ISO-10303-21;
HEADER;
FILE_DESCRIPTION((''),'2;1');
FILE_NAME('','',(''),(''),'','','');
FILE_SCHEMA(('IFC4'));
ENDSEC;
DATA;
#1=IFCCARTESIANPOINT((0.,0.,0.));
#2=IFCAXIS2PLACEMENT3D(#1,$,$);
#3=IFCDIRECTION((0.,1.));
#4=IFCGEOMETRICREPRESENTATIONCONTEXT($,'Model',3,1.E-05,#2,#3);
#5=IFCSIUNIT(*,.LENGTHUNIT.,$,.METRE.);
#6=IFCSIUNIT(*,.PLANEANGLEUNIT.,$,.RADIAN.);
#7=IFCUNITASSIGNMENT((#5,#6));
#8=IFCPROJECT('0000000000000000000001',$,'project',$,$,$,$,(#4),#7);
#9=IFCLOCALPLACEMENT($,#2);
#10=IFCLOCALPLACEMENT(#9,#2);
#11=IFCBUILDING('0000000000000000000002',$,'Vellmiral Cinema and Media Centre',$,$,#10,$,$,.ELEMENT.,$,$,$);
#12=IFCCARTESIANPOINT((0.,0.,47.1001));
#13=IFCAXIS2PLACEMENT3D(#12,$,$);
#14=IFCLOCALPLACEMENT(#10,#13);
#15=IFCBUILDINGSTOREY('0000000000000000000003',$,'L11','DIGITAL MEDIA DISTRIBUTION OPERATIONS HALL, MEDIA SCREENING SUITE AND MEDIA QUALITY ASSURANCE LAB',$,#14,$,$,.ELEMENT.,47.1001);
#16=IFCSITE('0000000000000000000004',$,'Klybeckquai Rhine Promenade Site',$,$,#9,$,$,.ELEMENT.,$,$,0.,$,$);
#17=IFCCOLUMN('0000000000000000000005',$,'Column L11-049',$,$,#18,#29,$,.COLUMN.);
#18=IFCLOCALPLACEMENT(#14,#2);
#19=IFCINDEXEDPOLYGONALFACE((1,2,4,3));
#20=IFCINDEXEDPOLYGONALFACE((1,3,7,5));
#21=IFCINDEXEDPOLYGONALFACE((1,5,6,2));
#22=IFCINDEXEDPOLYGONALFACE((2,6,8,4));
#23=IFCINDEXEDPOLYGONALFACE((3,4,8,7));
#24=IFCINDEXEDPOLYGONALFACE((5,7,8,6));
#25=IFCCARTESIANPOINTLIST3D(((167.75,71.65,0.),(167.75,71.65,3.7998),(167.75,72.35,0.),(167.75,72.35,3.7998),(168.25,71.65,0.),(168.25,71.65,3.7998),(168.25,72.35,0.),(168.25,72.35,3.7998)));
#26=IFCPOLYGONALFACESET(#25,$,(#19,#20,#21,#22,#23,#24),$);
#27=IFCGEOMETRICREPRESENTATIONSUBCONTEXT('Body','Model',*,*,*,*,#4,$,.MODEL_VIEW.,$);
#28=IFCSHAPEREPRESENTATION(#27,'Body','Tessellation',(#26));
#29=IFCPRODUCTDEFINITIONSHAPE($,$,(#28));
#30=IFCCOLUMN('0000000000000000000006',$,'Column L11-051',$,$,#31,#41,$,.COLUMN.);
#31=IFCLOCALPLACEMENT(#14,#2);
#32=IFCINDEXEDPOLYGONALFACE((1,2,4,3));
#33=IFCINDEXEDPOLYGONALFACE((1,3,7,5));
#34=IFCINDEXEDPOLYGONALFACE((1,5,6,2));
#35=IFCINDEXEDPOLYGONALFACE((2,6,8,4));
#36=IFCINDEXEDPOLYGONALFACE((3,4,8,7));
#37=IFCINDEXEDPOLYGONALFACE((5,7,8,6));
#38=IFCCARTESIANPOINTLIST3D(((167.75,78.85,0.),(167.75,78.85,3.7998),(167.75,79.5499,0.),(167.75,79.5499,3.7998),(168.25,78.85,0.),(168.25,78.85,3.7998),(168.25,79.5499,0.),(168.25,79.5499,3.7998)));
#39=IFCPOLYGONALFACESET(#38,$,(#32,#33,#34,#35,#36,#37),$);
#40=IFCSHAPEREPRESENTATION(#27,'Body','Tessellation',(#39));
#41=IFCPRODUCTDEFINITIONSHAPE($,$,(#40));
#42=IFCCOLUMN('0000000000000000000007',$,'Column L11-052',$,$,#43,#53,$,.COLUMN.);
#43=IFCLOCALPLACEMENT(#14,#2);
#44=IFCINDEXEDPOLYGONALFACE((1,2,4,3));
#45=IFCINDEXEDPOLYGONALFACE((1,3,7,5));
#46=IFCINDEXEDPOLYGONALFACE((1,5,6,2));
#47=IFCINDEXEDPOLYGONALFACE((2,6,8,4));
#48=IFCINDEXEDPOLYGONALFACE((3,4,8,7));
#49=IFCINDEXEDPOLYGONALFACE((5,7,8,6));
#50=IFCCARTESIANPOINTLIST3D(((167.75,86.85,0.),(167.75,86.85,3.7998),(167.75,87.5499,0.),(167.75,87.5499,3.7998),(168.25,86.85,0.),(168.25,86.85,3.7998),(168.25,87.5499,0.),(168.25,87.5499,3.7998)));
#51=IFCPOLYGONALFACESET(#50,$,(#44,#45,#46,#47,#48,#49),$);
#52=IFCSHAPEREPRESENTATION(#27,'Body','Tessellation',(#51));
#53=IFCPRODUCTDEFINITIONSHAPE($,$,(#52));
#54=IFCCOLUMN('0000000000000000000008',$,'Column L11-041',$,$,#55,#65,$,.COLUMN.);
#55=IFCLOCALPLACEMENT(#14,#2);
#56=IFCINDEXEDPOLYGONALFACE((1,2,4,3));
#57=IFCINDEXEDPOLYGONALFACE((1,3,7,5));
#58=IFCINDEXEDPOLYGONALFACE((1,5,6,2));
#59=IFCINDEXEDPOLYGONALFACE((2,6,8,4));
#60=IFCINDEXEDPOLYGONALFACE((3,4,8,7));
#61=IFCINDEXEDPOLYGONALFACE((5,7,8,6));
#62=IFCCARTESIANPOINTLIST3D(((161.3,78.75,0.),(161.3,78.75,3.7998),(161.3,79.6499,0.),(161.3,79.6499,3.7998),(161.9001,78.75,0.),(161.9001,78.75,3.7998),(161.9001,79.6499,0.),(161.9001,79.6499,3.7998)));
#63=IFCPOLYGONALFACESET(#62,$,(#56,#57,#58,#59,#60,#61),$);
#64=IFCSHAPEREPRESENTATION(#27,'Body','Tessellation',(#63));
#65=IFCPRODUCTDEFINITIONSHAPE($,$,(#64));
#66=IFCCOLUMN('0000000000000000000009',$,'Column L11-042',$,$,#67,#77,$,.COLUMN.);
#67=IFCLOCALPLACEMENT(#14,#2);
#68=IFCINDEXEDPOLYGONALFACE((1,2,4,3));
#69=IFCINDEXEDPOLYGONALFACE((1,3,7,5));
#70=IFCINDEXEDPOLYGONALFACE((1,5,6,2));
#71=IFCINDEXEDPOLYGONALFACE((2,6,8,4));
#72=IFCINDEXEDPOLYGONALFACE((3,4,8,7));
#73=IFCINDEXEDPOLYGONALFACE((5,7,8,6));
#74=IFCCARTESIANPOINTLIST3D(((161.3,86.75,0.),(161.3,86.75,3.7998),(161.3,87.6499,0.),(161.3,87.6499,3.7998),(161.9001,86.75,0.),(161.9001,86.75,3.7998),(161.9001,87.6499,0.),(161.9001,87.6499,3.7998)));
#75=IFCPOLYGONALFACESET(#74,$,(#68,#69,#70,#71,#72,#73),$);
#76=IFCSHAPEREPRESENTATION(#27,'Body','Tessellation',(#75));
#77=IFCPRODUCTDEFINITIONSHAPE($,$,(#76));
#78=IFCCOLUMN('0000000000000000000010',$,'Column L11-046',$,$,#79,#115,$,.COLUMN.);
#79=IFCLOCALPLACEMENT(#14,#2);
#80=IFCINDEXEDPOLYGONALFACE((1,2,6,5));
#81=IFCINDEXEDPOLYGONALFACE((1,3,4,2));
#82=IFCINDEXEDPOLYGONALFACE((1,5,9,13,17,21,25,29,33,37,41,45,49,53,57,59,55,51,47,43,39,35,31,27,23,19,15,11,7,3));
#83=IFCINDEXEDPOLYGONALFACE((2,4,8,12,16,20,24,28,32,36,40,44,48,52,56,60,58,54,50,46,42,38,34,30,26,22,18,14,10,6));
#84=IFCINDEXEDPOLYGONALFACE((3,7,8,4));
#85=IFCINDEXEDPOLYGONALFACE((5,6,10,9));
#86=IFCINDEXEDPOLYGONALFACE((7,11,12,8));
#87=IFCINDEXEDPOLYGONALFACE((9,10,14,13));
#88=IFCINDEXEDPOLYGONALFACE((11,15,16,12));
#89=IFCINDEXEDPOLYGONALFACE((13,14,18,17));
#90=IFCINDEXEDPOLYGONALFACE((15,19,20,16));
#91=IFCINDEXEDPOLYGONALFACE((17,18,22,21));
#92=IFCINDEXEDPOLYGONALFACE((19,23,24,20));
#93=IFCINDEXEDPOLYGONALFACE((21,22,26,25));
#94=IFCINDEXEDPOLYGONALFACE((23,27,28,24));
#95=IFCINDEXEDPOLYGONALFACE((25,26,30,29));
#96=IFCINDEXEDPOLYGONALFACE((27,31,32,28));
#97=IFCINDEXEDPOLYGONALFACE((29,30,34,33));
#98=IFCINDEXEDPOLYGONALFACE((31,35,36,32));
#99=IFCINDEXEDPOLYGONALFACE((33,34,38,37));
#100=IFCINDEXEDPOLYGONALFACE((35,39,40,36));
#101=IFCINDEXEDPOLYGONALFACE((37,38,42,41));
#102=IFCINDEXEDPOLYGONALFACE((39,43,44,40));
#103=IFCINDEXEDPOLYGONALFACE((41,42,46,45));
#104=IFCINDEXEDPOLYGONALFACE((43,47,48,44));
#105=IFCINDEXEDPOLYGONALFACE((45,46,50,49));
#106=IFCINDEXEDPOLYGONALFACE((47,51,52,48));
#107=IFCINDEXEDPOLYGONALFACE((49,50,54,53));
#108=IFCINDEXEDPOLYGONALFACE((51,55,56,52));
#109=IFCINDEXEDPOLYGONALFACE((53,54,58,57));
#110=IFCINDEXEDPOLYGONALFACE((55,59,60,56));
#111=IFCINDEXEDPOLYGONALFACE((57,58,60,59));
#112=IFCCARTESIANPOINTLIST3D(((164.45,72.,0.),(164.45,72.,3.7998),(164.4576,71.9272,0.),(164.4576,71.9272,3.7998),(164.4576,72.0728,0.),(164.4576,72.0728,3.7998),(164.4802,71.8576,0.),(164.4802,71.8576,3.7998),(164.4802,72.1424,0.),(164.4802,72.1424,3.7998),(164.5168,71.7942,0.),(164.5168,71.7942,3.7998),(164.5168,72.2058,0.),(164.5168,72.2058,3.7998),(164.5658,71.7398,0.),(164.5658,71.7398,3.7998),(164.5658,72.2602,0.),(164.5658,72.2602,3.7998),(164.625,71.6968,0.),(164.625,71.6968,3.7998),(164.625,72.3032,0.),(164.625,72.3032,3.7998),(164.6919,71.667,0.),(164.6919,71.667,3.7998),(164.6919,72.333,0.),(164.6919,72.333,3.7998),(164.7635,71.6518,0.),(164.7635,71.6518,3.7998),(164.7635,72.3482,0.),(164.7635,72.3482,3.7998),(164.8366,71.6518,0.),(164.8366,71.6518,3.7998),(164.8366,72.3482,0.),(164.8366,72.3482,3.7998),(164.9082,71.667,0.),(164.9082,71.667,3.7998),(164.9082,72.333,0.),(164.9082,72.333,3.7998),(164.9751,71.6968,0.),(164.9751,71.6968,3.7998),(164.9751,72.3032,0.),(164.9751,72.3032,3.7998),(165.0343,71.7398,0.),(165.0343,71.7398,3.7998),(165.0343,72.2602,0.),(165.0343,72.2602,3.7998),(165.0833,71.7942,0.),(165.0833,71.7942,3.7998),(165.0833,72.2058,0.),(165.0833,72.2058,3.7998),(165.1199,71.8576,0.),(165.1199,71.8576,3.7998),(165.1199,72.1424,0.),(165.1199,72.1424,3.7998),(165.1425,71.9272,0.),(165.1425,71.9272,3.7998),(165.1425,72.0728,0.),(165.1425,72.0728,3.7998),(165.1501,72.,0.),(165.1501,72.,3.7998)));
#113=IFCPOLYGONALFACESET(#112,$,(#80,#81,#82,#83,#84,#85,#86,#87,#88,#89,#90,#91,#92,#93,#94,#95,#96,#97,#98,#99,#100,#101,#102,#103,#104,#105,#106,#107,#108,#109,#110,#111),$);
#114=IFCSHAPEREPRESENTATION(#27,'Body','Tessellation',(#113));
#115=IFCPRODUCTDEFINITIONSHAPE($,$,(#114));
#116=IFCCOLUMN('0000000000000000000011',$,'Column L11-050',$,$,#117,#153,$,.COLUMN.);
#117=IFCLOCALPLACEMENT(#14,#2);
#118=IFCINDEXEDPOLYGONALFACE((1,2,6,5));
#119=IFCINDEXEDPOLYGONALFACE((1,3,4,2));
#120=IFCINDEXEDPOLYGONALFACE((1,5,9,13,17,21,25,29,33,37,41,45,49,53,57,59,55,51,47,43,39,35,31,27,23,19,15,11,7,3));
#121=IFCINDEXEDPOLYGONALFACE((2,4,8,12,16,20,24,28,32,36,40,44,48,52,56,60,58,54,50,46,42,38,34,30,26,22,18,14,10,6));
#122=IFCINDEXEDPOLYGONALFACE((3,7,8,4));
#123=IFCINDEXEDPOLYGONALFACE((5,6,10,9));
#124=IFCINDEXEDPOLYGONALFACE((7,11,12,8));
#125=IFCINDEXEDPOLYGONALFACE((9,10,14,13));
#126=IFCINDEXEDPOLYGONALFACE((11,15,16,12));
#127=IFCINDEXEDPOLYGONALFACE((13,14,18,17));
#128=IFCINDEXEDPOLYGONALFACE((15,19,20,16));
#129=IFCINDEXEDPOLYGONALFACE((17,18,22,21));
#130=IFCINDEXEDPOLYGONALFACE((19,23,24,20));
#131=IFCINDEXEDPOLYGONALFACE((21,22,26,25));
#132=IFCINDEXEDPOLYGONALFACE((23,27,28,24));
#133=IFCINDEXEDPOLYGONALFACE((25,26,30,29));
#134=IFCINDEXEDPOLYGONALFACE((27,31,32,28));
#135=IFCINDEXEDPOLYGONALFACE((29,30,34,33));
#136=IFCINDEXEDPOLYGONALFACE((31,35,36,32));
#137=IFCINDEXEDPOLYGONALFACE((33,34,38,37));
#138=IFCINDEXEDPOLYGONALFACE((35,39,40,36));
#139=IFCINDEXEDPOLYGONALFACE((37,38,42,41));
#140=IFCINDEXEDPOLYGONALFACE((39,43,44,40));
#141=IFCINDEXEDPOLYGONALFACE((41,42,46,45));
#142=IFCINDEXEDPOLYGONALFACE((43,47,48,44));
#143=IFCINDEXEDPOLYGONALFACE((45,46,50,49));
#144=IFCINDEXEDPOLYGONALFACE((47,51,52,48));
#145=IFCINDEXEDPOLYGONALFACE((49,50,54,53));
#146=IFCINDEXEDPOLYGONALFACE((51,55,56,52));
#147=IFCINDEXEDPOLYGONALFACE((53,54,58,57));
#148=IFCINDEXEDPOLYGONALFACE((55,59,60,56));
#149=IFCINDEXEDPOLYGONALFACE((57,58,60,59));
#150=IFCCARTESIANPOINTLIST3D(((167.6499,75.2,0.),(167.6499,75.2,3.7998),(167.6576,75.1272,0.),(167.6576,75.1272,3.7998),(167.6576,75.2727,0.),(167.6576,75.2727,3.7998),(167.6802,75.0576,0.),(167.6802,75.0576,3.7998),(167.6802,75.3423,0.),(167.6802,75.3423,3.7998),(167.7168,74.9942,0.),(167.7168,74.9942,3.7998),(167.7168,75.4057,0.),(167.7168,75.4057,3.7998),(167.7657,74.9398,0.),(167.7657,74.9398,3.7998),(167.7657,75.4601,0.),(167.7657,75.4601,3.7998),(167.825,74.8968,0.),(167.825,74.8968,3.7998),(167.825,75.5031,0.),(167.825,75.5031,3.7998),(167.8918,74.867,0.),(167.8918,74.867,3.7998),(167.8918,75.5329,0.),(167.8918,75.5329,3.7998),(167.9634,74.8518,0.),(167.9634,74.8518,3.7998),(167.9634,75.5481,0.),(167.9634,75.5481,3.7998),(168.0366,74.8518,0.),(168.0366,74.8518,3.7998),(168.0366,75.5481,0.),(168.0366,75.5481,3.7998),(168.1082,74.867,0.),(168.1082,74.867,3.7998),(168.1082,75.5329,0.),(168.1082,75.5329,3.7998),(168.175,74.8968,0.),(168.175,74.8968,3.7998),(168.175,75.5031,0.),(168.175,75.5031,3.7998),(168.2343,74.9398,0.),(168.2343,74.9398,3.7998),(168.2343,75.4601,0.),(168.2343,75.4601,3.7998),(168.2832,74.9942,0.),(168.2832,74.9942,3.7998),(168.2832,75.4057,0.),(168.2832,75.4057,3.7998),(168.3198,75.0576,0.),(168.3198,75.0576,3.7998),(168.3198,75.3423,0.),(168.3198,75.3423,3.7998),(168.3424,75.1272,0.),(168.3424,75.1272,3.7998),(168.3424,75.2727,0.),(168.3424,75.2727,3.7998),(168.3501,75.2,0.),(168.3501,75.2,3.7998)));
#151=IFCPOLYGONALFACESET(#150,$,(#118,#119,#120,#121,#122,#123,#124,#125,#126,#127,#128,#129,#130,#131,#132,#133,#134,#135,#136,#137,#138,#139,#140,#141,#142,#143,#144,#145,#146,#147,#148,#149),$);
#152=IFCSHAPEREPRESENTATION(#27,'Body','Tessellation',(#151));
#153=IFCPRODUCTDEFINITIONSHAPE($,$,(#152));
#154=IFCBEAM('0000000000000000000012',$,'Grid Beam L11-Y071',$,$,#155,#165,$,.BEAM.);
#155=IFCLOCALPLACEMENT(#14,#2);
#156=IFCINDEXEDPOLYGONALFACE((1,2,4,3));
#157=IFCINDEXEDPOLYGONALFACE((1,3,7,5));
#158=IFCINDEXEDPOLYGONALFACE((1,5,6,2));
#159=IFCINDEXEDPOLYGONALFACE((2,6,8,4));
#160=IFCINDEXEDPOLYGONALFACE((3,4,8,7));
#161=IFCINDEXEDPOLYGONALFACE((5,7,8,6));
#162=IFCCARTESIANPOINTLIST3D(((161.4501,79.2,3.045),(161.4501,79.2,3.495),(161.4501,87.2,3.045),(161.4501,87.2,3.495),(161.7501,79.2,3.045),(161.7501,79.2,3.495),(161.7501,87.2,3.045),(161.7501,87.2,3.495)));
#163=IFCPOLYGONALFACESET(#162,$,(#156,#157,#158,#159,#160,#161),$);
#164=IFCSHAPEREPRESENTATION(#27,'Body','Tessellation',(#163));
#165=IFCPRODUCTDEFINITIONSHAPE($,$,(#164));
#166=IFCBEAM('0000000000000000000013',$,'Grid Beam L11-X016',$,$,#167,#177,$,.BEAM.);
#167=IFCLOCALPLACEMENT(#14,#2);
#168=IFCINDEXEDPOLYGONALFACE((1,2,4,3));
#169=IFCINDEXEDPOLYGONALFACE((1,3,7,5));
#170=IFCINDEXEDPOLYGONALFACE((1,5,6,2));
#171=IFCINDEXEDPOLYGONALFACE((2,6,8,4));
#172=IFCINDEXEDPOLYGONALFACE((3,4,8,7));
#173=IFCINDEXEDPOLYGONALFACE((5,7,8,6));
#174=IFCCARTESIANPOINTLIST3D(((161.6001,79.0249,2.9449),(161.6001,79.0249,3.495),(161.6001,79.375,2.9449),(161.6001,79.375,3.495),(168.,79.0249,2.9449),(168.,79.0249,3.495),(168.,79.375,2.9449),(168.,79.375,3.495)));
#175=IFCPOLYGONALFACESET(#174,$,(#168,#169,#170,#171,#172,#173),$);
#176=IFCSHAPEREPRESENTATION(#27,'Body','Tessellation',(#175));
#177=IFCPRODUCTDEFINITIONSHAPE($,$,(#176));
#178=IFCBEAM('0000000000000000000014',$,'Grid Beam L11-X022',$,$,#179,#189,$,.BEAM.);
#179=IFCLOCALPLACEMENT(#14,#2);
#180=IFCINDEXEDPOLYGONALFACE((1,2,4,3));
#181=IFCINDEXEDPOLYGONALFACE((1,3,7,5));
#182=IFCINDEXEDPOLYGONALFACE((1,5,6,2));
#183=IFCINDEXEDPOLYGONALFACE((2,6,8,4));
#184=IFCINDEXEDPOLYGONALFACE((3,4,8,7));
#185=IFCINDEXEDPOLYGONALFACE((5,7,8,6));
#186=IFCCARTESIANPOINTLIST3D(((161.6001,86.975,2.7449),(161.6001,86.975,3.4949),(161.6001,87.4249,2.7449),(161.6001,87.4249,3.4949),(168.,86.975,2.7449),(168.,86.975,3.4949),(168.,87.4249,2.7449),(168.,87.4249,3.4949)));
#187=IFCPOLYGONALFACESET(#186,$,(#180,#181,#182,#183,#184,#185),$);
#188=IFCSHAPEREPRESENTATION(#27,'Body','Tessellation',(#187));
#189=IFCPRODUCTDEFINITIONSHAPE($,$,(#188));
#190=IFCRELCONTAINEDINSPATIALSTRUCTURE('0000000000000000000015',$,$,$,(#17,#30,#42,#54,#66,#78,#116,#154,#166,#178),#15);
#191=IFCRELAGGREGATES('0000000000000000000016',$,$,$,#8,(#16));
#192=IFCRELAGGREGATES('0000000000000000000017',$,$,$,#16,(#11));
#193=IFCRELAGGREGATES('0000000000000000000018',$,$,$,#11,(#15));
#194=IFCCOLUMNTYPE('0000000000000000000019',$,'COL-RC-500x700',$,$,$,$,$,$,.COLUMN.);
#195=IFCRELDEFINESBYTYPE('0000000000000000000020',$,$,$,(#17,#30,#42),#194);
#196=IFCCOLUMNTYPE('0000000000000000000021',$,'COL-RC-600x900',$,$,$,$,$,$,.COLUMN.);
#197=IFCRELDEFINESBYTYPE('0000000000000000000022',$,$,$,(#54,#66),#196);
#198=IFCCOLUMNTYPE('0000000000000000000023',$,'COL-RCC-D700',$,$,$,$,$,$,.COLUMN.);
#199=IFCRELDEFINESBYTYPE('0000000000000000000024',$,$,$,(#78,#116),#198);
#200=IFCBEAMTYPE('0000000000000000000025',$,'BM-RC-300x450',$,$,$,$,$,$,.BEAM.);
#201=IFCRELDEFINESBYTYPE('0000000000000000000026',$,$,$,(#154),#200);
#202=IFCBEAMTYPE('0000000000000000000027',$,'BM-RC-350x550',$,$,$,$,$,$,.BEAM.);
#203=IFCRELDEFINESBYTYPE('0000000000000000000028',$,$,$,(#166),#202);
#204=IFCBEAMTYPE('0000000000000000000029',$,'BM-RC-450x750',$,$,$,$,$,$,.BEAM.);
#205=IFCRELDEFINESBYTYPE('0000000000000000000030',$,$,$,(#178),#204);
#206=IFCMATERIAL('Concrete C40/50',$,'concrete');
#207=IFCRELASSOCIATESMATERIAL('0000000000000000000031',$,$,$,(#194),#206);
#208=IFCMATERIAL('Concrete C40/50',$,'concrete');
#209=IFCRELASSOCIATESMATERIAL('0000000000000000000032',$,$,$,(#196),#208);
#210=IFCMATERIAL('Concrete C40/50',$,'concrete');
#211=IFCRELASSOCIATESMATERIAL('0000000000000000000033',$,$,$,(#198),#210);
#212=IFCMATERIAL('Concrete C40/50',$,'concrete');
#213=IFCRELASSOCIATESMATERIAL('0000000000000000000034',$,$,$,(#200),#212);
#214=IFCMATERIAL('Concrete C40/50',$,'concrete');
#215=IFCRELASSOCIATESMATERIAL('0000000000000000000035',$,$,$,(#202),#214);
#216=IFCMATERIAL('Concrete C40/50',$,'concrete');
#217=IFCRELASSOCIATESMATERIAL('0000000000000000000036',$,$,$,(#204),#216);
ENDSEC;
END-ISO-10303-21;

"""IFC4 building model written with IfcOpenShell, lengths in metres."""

from ifc_helpers import new_model, si_unit, direction, frame, origin, origin_2d, place, context, subcontext, project, spatial, rectangle, circle, extrude, material, material_profile, profile_set, type_object, element, save


model = new_model("IFC4")

# Units and contexts
model_context = context("Model", 3, precision=1e-05, world=origin(), true_north=direction((0.0, 1.0)))
body_context = subcontext(model_context, "Body", "Model", "MODEL_VIEW")
ifc_project = project(units=[si_unit("LENGTHUNIT", "METRE"), si_unit("PLANEANGLEUNIT", "RADIAN")], contexts=[model_context])

# Site, building, storey
site_placement = place(None, origin())
site = spatial("IfcSite", under=ifc_project, at=site_placement, Name="Klybeckquai Rhine Promenade Site", CompositionType="ELEMENT", RefElevation=0.0)
building_placement = place(site_placement, origin())
building = spatial("IfcBuilding", under=site, at=building_placement, Name="Vellmiral Cinema and Media Centre", CompositionType="ELEMENT")
storey_placement = place(building_placement, frame((0.0, 0.0, 47.1001)))
storey = spatial("IfcBuildingStorey", under=building, at=storey_placement, Name="L11", Description="DIGITAL MEDIA DISTRIBUTION OPERATIONS HALL, MEDIA SCREENING SUITE AND MEDIA QUALITY ASSURANCE LAB", CompositionType="ELEMENT", Elevation=47.1001)

# Columns
ifc_material_1 = material(Name="Concrete C40/50", Category="concrete")
ifc_material_profile_1 = material_profile(ifc_material_1, rectangle(XDim=0.5, YDim=0.7, at=origin_2d()), Name="RC 500x700")
ifc_profile_set_1 = profile_set([ifc_material_profile_1], Name="Concrete C40/50")
column_type_1 = type_object("IfcColumnType", Name="COL-RC-500x700", PredefinedType="COLUMN", material=ifc_profile_set_1)
for number, where, z_axis, x_axis, name in (
    (1, (168.0, 72.0, 0.0), (0.0, 0.0, 1.0), (1.0, 0.0, 0.0), "Column L11-049"),
    (2, (168.0, 79.2, 0.0), (0.0, 0.0, 1.0), (1.0, 0.0, 0.0), "Column L11-051"),
    (3, (168.0, 87.2, 0.0), (0.0, 0.0, 1.0), (1.0, 0.0, 0.0), "Column L11-052"),
):
    element("IfcColumn", number, at=place(storey_placement, frame(where, z_axis=z_axis, x_axis=x_axis)), inside=storey, type_object=column_type_1, Name=name, PredefinedType="COLUMN", context=body_context, shape_type="SweptSolid", body=[
        extrude(rectangle(XDim=0.5, YDim=0.7, at=origin_2d()), origin(), (0.0, 0.0, 1.0), 3.7998),
    ])
ifc_material_2 = material(Name="Concrete C40/50", Category="concrete")
ifc_material_profile_2 = material_profile(ifc_material_2, rectangle(XDim=0.6001, YDim=0.8999, at=origin_2d()), Name="RC 600x900")
ifc_profile_set_2 = profile_set([ifc_material_profile_2], Name="Concrete C40/50")
column_type_2 = type_object("IfcColumnType", Name="COL-RC-600x900", PredefinedType="COLUMN", material=ifc_profile_set_2)
for number, where, z_axis, x_axis, name in (
    (4, (161.6001, 79.2, 0.0), (0.0, 0.0, 1.0), (1.0, 0.0, 0.0), "Column L11-041"),
    (5, (161.6001, 87.2, 0.0), (0.0, 0.0, 1.0), (1.0, 0.0, 0.0), "Column L11-042"),
):
    element("IfcColumn", number, at=place(storey_placement, frame(where, z_axis=z_axis, x_axis=x_axis)), inside=storey, type_object=column_type_2, Name=name, PredefinedType="COLUMN", context=body_context, shape_type="SweptSolid", body=[
        extrude(rectangle(XDim=0.6001, YDim=0.8999, at=origin_2d()), origin(), (0.0, 0.0, 1.0), 3.7998),
    ])
ifc_material_3 = material(Name="Concrete C40/50", Category="concrete")
ifc_material_profile_3 = material_profile(ifc_material_3, circle(Radius=0.3501, at=origin_2d()), Name="RC D700")
ifc_profile_set_3 = profile_set([ifc_material_profile_3], Name="Concrete C40/50")
column_type_3 = type_object("IfcColumnType", Name="COL-RCC-D700", PredefinedType="COLUMN", material=ifc_profile_set_3)
for number, where, z_axis, x_axis, name in (
    (6, (164.8, 72.0, 0.0), (0.0, 0.0, 1.0), (1.0, 0.0, 0.0), "Column L11-046"),
    (7, (168.0, 75.2, 0.0), (0.0, 0.0, 1.0), (1.0, 0.0, 0.0), "Column L11-050"),
):
    element("IfcColumn", number, at=place(storey_placement, frame(where, z_axis=z_axis, x_axis=x_axis)), inside=storey, type_object=column_type_3, Name=name, PredefinedType="COLUMN", context=body_context, shape_type="SweptSolid", body=[
        extrude(circle(Radius=0.3501, at=origin_2d()), origin(), (0.0, 0.0, 1.0), 3.7998),
    ])

# Beams
ifc_material_4 = material(Name="Concrete C40/50", Category="concrete")
ifc_material_profile_4 = material_profile(ifc_material_4, rectangle(XDim=0.3, YDim=0.45, at=origin_2d()), Name="RC 300x450")
ifc_profile_set_4 = profile_set([ifc_material_profile_4], Name="Concrete C40/50")
beam_type_1 = type_object("IfcBeamType", Name="BM-RC-300x450", PredefinedType="BEAM", material=ifc_profile_set_4)
beam_1_placement = place(storey_placement, frame((161.6001, 79.2, 3.27), z_axis=(0.0, 1.0, 0.0), x_axis=(-1.0, 0.0, 0.0)))
element("IfcBeam", 8, at=beam_1_placement, inside=storey, type_object=beam_type_1, Name="Grid Beam L11-Y071", PredefinedType="BEAM", context=body_context, shape_type="SweptSolid", body=[
    extrude(rectangle(XDim=0.3, YDim=0.45, at=origin_2d()), origin(), (0.0, 0.0, 1.0), 8.0),
])
ifc_material_5 = material(Name="Concrete C40/50", Category="concrete")
ifc_material_profile_5 = material_profile(ifc_material_5, rectangle(XDim=0.3501, YDim=0.55, at=origin_2d()), Name="RC 350x550")
ifc_profile_set_5 = profile_set([ifc_material_profile_5], Name="Concrete C40/50")
beam_type_2 = type_object("IfcBeamType", Name="BM-RC-350x550", PredefinedType="BEAM", material=ifc_profile_set_5)
beam_2_placement = place(storey_placement, frame((161.6001, 79.2, 3.22), z_axis=(1.0, 0.0, 0.0), x_axis=(0.0, 1.0, 0.0)))
element("IfcBeam", 9, at=beam_2_placement, inside=storey, type_object=beam_type_2, Name="Grid Beam L11-X016", PredefinedType="BEAM", context=body_context, shape_type="SweptSolid", body=[
    extrude(rectangle(XDim=0.3501, YDim=0.55, at=origin_2d()), origin(), (0.0, 0.0, 1.0), 6.3999),
])
ifc_material_6 = material(Name="Concrete C40/50", Category="concrete")
ifc_material_profile_6 = material_profile(ifc_material_6, rectangle(XDim=0.45, YDim=0.75, at=origin_2d()), Name="RC 450x750")
ifc_profile_set_6 = profile_set([ifc_material_profile_6], Name="Concrete C40/50")
beam_type_3 = type_object("IfcBeamType", Name="BM-RC-450x750", PredefinedType="BEAM", material=ifc_profile_set_6)
beam_3_placement = place(storey_placement, frame((161.6001, 87.2, 3.1199), z_axis=(1.0, 0.0, 0.0), x_axis=(0.0, 1.0, 0.0)))
element("IfcBeam", 10, at=beam_3_placement, inside=storey, type_object=beam_type_3, Name="Grid Beam L11-X022", PredefinedType="BEAM", context=body_context, shape_type="SweptSolid", body=[
    extrude(rectangle(XDim=0.45, YDim=0.75, at=origin_2d()), origin(), (0.0, 0.0, 1.0), 6.3999),
])

save(model, "model.ifc")
